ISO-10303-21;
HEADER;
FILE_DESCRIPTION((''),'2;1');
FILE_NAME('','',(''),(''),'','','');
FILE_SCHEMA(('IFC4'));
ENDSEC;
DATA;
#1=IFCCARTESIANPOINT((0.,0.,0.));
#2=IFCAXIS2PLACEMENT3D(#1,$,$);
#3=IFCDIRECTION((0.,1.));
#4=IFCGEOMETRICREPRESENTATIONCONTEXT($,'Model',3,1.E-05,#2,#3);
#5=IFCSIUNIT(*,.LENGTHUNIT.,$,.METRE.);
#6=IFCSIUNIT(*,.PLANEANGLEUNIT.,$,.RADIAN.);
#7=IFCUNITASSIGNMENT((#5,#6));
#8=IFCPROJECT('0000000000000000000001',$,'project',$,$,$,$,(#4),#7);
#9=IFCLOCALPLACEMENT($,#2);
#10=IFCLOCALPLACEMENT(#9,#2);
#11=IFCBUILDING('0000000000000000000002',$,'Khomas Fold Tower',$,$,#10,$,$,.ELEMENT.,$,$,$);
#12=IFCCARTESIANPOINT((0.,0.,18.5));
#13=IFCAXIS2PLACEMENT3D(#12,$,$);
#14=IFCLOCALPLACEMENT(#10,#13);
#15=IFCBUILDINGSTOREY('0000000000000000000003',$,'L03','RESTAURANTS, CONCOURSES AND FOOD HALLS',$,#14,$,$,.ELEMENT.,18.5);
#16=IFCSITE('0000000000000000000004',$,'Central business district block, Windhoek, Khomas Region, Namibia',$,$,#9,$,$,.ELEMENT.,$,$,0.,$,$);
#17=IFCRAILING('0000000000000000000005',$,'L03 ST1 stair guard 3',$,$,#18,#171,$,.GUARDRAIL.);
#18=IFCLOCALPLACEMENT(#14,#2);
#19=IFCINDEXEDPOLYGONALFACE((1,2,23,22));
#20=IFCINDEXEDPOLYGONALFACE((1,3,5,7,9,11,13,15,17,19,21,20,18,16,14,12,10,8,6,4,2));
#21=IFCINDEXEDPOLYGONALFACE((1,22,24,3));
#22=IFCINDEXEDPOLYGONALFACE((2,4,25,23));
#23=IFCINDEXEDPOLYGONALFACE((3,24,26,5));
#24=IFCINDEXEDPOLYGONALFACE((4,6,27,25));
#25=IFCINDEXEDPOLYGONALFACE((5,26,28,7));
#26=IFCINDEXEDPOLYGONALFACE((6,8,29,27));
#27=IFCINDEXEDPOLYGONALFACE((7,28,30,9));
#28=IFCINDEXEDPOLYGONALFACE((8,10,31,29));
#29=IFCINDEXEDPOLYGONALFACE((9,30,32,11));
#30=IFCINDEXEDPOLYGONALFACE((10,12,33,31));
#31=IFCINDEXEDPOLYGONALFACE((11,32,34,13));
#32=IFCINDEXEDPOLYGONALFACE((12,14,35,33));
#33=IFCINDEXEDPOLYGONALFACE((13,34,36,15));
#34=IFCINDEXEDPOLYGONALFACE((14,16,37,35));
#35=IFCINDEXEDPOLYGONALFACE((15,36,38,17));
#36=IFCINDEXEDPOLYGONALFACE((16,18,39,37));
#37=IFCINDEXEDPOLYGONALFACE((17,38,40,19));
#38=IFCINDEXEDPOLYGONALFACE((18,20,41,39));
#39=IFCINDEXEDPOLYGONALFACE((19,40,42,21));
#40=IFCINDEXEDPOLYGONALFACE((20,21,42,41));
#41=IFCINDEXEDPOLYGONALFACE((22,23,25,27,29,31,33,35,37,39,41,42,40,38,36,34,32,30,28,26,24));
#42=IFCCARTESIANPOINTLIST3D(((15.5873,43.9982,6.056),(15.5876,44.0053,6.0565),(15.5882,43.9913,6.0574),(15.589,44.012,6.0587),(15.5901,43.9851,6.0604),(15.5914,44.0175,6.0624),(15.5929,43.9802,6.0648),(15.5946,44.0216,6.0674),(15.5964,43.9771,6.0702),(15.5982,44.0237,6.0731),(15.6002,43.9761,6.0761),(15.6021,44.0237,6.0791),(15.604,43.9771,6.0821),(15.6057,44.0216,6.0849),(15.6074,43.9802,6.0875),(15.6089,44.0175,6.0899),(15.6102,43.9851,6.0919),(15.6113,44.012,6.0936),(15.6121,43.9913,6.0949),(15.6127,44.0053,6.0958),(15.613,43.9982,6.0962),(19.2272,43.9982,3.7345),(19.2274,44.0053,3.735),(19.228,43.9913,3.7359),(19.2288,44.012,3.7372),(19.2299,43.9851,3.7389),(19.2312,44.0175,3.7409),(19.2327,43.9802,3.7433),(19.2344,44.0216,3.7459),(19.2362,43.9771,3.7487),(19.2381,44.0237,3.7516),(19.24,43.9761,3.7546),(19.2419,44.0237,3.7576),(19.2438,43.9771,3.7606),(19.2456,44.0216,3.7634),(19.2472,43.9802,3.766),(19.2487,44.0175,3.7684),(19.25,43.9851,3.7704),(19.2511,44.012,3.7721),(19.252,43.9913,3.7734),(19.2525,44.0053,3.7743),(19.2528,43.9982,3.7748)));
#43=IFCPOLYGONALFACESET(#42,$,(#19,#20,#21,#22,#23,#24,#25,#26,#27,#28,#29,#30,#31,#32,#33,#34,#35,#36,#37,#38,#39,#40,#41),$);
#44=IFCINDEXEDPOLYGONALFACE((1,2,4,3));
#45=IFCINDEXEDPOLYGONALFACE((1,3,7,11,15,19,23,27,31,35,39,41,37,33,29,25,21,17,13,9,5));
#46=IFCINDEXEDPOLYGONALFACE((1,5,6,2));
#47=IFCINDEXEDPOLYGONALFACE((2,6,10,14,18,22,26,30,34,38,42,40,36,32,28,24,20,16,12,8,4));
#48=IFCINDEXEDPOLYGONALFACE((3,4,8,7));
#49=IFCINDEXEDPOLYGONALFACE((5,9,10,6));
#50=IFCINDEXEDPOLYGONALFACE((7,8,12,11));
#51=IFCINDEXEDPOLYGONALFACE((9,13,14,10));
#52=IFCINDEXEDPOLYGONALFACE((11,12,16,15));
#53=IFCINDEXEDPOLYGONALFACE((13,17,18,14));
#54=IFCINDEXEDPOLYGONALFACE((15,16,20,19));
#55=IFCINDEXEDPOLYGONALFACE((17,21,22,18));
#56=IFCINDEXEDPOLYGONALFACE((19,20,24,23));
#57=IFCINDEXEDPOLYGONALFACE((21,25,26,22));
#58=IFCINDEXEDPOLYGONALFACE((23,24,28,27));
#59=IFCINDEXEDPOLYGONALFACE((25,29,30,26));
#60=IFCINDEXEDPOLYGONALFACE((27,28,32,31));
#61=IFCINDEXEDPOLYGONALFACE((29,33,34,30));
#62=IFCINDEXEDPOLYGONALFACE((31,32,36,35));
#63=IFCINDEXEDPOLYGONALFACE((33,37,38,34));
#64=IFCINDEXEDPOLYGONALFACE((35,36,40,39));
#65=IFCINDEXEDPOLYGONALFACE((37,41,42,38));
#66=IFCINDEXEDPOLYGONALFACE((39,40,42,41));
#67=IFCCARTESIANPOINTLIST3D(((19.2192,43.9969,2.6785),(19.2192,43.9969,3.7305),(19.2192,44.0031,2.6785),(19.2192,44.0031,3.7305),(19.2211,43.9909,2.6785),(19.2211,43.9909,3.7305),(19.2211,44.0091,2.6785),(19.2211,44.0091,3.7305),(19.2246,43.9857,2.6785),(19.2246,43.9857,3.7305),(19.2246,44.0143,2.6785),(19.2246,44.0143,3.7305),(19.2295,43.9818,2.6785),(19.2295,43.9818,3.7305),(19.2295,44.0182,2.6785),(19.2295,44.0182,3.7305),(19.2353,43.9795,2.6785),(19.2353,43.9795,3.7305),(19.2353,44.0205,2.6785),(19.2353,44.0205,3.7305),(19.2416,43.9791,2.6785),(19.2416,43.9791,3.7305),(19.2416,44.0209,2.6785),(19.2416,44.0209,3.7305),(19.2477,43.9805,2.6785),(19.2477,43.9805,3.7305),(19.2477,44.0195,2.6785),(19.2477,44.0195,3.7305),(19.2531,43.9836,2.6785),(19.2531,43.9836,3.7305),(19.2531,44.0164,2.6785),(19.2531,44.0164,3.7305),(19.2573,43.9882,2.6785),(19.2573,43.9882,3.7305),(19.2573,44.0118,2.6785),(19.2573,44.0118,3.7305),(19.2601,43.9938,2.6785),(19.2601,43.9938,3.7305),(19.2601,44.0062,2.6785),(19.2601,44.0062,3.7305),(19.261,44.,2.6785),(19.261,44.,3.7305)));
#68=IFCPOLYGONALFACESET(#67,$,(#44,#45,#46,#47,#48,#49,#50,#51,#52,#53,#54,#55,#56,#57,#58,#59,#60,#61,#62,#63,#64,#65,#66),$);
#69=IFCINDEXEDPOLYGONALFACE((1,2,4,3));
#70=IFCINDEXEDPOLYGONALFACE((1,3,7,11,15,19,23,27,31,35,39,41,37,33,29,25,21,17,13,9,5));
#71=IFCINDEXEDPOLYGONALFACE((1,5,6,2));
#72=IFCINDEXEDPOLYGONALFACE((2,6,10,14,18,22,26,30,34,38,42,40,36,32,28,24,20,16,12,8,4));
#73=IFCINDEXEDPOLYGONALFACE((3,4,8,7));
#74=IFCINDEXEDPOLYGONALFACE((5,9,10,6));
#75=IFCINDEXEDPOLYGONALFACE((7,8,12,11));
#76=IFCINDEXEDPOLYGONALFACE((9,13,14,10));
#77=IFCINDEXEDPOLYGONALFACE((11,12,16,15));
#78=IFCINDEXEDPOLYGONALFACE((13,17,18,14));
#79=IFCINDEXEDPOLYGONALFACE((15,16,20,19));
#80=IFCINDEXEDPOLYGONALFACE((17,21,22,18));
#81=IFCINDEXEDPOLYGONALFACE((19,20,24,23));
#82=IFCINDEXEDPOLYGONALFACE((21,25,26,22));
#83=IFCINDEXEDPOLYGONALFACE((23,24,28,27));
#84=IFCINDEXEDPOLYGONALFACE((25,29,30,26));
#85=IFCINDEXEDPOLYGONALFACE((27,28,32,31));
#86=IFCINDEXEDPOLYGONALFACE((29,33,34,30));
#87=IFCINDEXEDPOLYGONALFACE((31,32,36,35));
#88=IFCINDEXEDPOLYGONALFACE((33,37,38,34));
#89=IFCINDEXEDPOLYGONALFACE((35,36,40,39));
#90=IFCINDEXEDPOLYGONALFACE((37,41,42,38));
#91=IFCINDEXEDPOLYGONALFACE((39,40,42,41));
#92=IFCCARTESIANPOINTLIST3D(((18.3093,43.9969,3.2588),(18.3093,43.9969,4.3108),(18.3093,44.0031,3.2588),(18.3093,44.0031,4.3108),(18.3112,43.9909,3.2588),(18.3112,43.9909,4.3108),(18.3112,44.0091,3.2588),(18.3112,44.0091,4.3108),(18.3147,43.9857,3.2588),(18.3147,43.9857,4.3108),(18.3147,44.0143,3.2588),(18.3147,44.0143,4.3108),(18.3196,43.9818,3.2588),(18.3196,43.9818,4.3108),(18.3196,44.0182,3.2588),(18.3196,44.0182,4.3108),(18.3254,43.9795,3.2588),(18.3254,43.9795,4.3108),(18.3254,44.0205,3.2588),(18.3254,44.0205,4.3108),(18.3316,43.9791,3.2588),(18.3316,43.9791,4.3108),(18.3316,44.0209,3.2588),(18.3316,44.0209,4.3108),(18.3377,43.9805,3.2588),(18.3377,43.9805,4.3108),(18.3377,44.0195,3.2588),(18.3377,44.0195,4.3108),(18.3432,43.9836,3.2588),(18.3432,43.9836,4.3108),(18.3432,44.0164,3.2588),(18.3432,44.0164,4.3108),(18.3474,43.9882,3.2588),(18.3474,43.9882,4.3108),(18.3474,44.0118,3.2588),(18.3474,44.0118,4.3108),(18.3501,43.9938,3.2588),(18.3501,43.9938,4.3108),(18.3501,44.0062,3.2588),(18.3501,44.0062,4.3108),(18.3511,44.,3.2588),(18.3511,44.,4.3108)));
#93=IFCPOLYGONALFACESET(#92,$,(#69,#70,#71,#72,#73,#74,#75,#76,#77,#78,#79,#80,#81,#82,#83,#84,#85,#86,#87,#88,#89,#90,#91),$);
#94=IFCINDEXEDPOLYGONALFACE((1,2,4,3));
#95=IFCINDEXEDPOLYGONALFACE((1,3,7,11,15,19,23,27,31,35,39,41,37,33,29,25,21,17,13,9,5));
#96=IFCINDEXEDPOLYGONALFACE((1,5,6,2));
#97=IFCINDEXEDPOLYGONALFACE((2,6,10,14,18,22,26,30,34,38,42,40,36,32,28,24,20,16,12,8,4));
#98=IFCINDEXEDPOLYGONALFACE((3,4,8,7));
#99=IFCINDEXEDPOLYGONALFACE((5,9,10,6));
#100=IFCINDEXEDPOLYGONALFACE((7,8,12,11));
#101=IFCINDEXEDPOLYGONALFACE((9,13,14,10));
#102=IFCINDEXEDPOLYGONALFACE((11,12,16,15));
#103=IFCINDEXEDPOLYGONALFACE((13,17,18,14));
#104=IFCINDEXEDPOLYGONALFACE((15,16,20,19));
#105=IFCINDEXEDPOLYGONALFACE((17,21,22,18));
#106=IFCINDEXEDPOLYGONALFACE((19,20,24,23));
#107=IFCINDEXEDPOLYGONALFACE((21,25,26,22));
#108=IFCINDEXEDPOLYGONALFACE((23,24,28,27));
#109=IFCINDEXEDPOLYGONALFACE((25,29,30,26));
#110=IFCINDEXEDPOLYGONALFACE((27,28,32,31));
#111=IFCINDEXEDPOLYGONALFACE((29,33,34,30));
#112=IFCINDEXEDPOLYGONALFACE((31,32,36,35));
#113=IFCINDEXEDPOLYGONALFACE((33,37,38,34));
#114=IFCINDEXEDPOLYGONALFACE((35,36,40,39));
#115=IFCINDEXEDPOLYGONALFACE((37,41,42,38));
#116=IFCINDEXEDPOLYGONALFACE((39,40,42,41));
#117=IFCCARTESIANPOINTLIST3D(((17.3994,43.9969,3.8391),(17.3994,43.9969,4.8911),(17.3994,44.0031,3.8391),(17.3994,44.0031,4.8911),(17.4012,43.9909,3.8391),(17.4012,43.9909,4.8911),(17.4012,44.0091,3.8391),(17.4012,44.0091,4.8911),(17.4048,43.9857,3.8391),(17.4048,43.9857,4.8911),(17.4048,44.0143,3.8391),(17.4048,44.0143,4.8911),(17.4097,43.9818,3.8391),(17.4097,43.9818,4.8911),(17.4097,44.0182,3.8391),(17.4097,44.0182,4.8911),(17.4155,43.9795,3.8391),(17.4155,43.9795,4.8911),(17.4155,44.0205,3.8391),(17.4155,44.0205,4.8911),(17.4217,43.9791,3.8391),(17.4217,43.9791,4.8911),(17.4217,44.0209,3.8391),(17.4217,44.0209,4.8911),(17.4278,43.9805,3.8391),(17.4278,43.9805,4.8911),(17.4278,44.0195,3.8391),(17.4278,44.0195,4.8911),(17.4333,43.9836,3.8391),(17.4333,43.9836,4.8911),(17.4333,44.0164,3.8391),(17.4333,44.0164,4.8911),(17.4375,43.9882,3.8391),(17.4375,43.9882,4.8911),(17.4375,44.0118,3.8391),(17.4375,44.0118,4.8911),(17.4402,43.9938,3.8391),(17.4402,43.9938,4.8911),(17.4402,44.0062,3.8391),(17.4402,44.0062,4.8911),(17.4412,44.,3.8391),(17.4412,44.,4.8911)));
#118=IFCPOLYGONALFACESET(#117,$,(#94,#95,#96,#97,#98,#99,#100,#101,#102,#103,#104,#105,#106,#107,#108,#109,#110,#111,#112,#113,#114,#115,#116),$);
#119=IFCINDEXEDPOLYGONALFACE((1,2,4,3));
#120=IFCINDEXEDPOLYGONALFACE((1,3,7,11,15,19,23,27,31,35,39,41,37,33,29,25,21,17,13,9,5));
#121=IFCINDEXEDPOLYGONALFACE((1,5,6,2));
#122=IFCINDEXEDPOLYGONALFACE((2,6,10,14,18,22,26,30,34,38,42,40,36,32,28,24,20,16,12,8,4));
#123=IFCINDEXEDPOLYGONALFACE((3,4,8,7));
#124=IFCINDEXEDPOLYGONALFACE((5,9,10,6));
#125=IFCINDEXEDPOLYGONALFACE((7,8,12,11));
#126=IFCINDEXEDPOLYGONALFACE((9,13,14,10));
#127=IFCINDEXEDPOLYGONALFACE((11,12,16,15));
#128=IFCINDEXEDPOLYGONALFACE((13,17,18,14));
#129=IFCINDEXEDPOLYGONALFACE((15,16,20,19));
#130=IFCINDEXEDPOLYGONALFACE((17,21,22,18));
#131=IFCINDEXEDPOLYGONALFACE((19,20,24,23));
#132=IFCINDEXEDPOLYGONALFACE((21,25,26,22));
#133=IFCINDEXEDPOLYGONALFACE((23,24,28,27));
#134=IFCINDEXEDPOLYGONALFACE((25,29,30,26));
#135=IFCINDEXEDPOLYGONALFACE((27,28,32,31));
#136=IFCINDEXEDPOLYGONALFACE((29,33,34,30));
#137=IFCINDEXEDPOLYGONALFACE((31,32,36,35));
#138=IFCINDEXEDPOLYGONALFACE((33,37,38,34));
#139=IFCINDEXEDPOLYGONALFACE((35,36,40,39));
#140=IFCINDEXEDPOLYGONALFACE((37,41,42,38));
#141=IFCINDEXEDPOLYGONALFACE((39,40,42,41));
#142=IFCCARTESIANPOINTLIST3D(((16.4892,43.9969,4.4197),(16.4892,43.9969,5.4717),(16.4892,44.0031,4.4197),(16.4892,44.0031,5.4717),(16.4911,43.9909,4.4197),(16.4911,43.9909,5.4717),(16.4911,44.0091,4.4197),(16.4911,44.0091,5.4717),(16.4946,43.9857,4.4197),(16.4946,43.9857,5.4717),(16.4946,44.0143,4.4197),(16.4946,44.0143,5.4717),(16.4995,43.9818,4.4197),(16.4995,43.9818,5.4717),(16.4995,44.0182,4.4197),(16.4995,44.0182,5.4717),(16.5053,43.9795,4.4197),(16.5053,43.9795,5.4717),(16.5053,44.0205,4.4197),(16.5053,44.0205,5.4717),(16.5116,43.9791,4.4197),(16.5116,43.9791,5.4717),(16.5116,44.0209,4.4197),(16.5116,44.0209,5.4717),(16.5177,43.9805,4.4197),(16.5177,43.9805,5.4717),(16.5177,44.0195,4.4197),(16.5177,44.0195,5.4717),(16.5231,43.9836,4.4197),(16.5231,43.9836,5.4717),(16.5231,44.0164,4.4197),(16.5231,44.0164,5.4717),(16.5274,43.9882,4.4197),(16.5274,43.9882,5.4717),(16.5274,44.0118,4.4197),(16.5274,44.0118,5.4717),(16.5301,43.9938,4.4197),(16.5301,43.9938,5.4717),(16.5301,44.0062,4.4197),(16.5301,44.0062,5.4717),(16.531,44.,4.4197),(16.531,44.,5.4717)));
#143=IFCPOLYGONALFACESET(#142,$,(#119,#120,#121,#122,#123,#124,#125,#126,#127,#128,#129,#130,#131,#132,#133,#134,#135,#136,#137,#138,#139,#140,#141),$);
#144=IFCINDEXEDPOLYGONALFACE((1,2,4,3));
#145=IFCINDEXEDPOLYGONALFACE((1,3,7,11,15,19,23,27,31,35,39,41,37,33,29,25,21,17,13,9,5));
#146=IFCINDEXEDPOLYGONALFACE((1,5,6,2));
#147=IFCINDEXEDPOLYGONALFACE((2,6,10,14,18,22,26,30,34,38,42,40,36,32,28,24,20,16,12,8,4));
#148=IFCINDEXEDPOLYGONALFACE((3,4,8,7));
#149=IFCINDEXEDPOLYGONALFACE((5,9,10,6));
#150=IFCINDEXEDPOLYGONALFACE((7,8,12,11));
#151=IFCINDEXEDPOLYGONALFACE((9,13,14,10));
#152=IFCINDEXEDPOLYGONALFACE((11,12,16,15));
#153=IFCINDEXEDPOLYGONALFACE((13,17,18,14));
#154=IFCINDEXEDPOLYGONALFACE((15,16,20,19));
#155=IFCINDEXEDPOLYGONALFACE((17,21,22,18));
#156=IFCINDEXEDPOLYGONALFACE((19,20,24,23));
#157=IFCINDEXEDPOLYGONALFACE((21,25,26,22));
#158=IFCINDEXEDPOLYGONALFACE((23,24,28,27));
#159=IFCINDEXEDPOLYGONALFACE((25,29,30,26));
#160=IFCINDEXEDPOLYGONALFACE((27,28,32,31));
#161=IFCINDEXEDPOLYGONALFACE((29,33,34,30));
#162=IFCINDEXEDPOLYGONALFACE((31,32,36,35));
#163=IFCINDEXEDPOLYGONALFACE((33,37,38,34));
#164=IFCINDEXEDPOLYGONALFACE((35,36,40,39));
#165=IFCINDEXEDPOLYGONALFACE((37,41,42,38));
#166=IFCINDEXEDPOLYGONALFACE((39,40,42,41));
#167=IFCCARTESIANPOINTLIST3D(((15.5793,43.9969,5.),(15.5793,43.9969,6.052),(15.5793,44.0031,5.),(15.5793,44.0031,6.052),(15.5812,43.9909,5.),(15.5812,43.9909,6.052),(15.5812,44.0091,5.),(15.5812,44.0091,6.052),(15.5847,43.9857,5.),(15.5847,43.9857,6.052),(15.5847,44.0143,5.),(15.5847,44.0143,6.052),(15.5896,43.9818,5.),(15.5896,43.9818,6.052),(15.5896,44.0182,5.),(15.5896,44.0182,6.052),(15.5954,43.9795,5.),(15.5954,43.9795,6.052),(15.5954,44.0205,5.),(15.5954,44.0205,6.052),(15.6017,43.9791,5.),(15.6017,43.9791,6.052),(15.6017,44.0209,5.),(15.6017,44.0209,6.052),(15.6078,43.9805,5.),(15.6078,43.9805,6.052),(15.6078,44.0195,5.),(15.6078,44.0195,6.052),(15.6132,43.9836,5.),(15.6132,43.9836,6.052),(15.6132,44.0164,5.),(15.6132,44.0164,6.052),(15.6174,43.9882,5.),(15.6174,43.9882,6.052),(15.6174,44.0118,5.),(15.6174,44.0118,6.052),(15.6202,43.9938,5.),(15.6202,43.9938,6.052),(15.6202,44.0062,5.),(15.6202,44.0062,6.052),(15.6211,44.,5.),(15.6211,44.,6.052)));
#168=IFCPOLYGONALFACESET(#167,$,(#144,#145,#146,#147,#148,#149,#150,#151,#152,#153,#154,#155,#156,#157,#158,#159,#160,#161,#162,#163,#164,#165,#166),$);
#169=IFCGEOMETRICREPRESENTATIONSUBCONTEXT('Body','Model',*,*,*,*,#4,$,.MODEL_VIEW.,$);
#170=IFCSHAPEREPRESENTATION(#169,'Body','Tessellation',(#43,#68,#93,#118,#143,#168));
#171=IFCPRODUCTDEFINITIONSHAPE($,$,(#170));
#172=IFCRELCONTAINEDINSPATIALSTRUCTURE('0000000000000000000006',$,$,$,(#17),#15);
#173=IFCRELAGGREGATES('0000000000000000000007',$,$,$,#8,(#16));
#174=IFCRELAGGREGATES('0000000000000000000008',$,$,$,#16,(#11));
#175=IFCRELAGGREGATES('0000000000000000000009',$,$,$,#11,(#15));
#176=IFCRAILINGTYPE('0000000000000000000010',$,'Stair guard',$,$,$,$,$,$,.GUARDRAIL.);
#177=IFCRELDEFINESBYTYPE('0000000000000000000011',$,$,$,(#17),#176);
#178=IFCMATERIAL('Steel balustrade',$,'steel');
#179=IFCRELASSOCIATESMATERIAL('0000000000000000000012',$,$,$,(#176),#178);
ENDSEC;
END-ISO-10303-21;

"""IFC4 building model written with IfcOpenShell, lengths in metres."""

from ifc_helpers import new_model, si_unit, direction, frame, origin, origin_2d, place, context, subcontext, project, spatial, circle, extrude, source, transform, mapped, material, type_object, element, save


model = new_model("IFC4")

# Units and contexts
model_context = context("Model", 3, precision=1e-05, world=origin(), true_north=direction((0.0, 1.0)))
body_context = subcontext(model_context, "Body", "Model", "MODEL_VIEW")
ifc_project = project(units=[si_unit("LENGTHUNIT", "METRE"), si_unit("PLANEANGLEUNIT", "RADIAN")], contexts=[model_context])

# Site, building, storey
site_placement = place(None, origin())
site = spatial("IfcSite", under=ifc_project, at=site_placement, Name="Central business district block, Windhoek, Khomas Region, Namibia", CompositionType="ELEMENT", RefElevation=0.0)
building_placement = place(site_placement, origin())
building = spatial("IfcBuilding", under=site, at=building_placement, Name="Khomas Fold Tower", CompositionType="ELEMENT")
storey_placement = place(building_placement, frame((0.0, 0.0, 18.5)))
storey = spatial("IfcBuildingStorey", under=building, at=storey_placement, Name="L03", Description="RESTAURANTS, CONCOURSES AND FOOD HALLS", CompositionType="ELEMENT", Elevation=18.5)

# Railing
ifc_material_1 = material(Name="Steel balustrade", Category="steel")
railing_type_1 = type_object("IfcRailingType", Name="Stair guard", PredefinedType="GUARDRAIL", material=ifc_material_1)
shared_shape_1 = source(origin(), body_context, "Body", "SweptSolid", [
    extrude(circle(Radius=0.0239, at=origin_2d()), frame((0.0, 0.0, 1.0762), z_axis=(-0.843112, 0.0, 0.537739), x_axis=(0.0, -1.0, 0.0)), (0.0, 0.0, 1.0), 4.3171),
    extrude(circle(Radius=0.021, at=origin_2d()), origin(), (0.0, 0.0, 1.0), 1.052),
    extrude(circle(Radius=0.021, at=origin_2d()), frame((-0.9099, 0.0, 0.5803)), (0.0, 0.0, 1.0), 1.052),
    extrude(circle(Radius=0.021, at=origin_2d()), frame((-1.8198, 0.0, 1.1606)), (0.0, 0.0, 1.0), 1.052),
    extrude(circle(Radius=0.021, at=origin_2d()), frame((-2.73, 0.0, 1.7412)), (0.0, 0.0, 1.0), 1.052),
    extrude(circle(Radius=0.021, at=origin_2d()), frame((-3.6399, 0.0, 2.3215)), (0.0, 0.0, 1.0), 1.052),
])
railing_1_placement = place(storey_placement, frame((19.24, 44.0, 2.6785)))
element("IfcRailing", 1, at=railing_1_placement, inside=storey, type_object=railing_type_1, Name="L03 ST1 stair guard 3", PredefinedType="GUARDRAIL", context=body_context, shape_type="MappedRepresentation", body=[
    mapped(shared_shape_1, transform((0.0, 0.0, 0.0))),
])

save(model, "model.ifc")
